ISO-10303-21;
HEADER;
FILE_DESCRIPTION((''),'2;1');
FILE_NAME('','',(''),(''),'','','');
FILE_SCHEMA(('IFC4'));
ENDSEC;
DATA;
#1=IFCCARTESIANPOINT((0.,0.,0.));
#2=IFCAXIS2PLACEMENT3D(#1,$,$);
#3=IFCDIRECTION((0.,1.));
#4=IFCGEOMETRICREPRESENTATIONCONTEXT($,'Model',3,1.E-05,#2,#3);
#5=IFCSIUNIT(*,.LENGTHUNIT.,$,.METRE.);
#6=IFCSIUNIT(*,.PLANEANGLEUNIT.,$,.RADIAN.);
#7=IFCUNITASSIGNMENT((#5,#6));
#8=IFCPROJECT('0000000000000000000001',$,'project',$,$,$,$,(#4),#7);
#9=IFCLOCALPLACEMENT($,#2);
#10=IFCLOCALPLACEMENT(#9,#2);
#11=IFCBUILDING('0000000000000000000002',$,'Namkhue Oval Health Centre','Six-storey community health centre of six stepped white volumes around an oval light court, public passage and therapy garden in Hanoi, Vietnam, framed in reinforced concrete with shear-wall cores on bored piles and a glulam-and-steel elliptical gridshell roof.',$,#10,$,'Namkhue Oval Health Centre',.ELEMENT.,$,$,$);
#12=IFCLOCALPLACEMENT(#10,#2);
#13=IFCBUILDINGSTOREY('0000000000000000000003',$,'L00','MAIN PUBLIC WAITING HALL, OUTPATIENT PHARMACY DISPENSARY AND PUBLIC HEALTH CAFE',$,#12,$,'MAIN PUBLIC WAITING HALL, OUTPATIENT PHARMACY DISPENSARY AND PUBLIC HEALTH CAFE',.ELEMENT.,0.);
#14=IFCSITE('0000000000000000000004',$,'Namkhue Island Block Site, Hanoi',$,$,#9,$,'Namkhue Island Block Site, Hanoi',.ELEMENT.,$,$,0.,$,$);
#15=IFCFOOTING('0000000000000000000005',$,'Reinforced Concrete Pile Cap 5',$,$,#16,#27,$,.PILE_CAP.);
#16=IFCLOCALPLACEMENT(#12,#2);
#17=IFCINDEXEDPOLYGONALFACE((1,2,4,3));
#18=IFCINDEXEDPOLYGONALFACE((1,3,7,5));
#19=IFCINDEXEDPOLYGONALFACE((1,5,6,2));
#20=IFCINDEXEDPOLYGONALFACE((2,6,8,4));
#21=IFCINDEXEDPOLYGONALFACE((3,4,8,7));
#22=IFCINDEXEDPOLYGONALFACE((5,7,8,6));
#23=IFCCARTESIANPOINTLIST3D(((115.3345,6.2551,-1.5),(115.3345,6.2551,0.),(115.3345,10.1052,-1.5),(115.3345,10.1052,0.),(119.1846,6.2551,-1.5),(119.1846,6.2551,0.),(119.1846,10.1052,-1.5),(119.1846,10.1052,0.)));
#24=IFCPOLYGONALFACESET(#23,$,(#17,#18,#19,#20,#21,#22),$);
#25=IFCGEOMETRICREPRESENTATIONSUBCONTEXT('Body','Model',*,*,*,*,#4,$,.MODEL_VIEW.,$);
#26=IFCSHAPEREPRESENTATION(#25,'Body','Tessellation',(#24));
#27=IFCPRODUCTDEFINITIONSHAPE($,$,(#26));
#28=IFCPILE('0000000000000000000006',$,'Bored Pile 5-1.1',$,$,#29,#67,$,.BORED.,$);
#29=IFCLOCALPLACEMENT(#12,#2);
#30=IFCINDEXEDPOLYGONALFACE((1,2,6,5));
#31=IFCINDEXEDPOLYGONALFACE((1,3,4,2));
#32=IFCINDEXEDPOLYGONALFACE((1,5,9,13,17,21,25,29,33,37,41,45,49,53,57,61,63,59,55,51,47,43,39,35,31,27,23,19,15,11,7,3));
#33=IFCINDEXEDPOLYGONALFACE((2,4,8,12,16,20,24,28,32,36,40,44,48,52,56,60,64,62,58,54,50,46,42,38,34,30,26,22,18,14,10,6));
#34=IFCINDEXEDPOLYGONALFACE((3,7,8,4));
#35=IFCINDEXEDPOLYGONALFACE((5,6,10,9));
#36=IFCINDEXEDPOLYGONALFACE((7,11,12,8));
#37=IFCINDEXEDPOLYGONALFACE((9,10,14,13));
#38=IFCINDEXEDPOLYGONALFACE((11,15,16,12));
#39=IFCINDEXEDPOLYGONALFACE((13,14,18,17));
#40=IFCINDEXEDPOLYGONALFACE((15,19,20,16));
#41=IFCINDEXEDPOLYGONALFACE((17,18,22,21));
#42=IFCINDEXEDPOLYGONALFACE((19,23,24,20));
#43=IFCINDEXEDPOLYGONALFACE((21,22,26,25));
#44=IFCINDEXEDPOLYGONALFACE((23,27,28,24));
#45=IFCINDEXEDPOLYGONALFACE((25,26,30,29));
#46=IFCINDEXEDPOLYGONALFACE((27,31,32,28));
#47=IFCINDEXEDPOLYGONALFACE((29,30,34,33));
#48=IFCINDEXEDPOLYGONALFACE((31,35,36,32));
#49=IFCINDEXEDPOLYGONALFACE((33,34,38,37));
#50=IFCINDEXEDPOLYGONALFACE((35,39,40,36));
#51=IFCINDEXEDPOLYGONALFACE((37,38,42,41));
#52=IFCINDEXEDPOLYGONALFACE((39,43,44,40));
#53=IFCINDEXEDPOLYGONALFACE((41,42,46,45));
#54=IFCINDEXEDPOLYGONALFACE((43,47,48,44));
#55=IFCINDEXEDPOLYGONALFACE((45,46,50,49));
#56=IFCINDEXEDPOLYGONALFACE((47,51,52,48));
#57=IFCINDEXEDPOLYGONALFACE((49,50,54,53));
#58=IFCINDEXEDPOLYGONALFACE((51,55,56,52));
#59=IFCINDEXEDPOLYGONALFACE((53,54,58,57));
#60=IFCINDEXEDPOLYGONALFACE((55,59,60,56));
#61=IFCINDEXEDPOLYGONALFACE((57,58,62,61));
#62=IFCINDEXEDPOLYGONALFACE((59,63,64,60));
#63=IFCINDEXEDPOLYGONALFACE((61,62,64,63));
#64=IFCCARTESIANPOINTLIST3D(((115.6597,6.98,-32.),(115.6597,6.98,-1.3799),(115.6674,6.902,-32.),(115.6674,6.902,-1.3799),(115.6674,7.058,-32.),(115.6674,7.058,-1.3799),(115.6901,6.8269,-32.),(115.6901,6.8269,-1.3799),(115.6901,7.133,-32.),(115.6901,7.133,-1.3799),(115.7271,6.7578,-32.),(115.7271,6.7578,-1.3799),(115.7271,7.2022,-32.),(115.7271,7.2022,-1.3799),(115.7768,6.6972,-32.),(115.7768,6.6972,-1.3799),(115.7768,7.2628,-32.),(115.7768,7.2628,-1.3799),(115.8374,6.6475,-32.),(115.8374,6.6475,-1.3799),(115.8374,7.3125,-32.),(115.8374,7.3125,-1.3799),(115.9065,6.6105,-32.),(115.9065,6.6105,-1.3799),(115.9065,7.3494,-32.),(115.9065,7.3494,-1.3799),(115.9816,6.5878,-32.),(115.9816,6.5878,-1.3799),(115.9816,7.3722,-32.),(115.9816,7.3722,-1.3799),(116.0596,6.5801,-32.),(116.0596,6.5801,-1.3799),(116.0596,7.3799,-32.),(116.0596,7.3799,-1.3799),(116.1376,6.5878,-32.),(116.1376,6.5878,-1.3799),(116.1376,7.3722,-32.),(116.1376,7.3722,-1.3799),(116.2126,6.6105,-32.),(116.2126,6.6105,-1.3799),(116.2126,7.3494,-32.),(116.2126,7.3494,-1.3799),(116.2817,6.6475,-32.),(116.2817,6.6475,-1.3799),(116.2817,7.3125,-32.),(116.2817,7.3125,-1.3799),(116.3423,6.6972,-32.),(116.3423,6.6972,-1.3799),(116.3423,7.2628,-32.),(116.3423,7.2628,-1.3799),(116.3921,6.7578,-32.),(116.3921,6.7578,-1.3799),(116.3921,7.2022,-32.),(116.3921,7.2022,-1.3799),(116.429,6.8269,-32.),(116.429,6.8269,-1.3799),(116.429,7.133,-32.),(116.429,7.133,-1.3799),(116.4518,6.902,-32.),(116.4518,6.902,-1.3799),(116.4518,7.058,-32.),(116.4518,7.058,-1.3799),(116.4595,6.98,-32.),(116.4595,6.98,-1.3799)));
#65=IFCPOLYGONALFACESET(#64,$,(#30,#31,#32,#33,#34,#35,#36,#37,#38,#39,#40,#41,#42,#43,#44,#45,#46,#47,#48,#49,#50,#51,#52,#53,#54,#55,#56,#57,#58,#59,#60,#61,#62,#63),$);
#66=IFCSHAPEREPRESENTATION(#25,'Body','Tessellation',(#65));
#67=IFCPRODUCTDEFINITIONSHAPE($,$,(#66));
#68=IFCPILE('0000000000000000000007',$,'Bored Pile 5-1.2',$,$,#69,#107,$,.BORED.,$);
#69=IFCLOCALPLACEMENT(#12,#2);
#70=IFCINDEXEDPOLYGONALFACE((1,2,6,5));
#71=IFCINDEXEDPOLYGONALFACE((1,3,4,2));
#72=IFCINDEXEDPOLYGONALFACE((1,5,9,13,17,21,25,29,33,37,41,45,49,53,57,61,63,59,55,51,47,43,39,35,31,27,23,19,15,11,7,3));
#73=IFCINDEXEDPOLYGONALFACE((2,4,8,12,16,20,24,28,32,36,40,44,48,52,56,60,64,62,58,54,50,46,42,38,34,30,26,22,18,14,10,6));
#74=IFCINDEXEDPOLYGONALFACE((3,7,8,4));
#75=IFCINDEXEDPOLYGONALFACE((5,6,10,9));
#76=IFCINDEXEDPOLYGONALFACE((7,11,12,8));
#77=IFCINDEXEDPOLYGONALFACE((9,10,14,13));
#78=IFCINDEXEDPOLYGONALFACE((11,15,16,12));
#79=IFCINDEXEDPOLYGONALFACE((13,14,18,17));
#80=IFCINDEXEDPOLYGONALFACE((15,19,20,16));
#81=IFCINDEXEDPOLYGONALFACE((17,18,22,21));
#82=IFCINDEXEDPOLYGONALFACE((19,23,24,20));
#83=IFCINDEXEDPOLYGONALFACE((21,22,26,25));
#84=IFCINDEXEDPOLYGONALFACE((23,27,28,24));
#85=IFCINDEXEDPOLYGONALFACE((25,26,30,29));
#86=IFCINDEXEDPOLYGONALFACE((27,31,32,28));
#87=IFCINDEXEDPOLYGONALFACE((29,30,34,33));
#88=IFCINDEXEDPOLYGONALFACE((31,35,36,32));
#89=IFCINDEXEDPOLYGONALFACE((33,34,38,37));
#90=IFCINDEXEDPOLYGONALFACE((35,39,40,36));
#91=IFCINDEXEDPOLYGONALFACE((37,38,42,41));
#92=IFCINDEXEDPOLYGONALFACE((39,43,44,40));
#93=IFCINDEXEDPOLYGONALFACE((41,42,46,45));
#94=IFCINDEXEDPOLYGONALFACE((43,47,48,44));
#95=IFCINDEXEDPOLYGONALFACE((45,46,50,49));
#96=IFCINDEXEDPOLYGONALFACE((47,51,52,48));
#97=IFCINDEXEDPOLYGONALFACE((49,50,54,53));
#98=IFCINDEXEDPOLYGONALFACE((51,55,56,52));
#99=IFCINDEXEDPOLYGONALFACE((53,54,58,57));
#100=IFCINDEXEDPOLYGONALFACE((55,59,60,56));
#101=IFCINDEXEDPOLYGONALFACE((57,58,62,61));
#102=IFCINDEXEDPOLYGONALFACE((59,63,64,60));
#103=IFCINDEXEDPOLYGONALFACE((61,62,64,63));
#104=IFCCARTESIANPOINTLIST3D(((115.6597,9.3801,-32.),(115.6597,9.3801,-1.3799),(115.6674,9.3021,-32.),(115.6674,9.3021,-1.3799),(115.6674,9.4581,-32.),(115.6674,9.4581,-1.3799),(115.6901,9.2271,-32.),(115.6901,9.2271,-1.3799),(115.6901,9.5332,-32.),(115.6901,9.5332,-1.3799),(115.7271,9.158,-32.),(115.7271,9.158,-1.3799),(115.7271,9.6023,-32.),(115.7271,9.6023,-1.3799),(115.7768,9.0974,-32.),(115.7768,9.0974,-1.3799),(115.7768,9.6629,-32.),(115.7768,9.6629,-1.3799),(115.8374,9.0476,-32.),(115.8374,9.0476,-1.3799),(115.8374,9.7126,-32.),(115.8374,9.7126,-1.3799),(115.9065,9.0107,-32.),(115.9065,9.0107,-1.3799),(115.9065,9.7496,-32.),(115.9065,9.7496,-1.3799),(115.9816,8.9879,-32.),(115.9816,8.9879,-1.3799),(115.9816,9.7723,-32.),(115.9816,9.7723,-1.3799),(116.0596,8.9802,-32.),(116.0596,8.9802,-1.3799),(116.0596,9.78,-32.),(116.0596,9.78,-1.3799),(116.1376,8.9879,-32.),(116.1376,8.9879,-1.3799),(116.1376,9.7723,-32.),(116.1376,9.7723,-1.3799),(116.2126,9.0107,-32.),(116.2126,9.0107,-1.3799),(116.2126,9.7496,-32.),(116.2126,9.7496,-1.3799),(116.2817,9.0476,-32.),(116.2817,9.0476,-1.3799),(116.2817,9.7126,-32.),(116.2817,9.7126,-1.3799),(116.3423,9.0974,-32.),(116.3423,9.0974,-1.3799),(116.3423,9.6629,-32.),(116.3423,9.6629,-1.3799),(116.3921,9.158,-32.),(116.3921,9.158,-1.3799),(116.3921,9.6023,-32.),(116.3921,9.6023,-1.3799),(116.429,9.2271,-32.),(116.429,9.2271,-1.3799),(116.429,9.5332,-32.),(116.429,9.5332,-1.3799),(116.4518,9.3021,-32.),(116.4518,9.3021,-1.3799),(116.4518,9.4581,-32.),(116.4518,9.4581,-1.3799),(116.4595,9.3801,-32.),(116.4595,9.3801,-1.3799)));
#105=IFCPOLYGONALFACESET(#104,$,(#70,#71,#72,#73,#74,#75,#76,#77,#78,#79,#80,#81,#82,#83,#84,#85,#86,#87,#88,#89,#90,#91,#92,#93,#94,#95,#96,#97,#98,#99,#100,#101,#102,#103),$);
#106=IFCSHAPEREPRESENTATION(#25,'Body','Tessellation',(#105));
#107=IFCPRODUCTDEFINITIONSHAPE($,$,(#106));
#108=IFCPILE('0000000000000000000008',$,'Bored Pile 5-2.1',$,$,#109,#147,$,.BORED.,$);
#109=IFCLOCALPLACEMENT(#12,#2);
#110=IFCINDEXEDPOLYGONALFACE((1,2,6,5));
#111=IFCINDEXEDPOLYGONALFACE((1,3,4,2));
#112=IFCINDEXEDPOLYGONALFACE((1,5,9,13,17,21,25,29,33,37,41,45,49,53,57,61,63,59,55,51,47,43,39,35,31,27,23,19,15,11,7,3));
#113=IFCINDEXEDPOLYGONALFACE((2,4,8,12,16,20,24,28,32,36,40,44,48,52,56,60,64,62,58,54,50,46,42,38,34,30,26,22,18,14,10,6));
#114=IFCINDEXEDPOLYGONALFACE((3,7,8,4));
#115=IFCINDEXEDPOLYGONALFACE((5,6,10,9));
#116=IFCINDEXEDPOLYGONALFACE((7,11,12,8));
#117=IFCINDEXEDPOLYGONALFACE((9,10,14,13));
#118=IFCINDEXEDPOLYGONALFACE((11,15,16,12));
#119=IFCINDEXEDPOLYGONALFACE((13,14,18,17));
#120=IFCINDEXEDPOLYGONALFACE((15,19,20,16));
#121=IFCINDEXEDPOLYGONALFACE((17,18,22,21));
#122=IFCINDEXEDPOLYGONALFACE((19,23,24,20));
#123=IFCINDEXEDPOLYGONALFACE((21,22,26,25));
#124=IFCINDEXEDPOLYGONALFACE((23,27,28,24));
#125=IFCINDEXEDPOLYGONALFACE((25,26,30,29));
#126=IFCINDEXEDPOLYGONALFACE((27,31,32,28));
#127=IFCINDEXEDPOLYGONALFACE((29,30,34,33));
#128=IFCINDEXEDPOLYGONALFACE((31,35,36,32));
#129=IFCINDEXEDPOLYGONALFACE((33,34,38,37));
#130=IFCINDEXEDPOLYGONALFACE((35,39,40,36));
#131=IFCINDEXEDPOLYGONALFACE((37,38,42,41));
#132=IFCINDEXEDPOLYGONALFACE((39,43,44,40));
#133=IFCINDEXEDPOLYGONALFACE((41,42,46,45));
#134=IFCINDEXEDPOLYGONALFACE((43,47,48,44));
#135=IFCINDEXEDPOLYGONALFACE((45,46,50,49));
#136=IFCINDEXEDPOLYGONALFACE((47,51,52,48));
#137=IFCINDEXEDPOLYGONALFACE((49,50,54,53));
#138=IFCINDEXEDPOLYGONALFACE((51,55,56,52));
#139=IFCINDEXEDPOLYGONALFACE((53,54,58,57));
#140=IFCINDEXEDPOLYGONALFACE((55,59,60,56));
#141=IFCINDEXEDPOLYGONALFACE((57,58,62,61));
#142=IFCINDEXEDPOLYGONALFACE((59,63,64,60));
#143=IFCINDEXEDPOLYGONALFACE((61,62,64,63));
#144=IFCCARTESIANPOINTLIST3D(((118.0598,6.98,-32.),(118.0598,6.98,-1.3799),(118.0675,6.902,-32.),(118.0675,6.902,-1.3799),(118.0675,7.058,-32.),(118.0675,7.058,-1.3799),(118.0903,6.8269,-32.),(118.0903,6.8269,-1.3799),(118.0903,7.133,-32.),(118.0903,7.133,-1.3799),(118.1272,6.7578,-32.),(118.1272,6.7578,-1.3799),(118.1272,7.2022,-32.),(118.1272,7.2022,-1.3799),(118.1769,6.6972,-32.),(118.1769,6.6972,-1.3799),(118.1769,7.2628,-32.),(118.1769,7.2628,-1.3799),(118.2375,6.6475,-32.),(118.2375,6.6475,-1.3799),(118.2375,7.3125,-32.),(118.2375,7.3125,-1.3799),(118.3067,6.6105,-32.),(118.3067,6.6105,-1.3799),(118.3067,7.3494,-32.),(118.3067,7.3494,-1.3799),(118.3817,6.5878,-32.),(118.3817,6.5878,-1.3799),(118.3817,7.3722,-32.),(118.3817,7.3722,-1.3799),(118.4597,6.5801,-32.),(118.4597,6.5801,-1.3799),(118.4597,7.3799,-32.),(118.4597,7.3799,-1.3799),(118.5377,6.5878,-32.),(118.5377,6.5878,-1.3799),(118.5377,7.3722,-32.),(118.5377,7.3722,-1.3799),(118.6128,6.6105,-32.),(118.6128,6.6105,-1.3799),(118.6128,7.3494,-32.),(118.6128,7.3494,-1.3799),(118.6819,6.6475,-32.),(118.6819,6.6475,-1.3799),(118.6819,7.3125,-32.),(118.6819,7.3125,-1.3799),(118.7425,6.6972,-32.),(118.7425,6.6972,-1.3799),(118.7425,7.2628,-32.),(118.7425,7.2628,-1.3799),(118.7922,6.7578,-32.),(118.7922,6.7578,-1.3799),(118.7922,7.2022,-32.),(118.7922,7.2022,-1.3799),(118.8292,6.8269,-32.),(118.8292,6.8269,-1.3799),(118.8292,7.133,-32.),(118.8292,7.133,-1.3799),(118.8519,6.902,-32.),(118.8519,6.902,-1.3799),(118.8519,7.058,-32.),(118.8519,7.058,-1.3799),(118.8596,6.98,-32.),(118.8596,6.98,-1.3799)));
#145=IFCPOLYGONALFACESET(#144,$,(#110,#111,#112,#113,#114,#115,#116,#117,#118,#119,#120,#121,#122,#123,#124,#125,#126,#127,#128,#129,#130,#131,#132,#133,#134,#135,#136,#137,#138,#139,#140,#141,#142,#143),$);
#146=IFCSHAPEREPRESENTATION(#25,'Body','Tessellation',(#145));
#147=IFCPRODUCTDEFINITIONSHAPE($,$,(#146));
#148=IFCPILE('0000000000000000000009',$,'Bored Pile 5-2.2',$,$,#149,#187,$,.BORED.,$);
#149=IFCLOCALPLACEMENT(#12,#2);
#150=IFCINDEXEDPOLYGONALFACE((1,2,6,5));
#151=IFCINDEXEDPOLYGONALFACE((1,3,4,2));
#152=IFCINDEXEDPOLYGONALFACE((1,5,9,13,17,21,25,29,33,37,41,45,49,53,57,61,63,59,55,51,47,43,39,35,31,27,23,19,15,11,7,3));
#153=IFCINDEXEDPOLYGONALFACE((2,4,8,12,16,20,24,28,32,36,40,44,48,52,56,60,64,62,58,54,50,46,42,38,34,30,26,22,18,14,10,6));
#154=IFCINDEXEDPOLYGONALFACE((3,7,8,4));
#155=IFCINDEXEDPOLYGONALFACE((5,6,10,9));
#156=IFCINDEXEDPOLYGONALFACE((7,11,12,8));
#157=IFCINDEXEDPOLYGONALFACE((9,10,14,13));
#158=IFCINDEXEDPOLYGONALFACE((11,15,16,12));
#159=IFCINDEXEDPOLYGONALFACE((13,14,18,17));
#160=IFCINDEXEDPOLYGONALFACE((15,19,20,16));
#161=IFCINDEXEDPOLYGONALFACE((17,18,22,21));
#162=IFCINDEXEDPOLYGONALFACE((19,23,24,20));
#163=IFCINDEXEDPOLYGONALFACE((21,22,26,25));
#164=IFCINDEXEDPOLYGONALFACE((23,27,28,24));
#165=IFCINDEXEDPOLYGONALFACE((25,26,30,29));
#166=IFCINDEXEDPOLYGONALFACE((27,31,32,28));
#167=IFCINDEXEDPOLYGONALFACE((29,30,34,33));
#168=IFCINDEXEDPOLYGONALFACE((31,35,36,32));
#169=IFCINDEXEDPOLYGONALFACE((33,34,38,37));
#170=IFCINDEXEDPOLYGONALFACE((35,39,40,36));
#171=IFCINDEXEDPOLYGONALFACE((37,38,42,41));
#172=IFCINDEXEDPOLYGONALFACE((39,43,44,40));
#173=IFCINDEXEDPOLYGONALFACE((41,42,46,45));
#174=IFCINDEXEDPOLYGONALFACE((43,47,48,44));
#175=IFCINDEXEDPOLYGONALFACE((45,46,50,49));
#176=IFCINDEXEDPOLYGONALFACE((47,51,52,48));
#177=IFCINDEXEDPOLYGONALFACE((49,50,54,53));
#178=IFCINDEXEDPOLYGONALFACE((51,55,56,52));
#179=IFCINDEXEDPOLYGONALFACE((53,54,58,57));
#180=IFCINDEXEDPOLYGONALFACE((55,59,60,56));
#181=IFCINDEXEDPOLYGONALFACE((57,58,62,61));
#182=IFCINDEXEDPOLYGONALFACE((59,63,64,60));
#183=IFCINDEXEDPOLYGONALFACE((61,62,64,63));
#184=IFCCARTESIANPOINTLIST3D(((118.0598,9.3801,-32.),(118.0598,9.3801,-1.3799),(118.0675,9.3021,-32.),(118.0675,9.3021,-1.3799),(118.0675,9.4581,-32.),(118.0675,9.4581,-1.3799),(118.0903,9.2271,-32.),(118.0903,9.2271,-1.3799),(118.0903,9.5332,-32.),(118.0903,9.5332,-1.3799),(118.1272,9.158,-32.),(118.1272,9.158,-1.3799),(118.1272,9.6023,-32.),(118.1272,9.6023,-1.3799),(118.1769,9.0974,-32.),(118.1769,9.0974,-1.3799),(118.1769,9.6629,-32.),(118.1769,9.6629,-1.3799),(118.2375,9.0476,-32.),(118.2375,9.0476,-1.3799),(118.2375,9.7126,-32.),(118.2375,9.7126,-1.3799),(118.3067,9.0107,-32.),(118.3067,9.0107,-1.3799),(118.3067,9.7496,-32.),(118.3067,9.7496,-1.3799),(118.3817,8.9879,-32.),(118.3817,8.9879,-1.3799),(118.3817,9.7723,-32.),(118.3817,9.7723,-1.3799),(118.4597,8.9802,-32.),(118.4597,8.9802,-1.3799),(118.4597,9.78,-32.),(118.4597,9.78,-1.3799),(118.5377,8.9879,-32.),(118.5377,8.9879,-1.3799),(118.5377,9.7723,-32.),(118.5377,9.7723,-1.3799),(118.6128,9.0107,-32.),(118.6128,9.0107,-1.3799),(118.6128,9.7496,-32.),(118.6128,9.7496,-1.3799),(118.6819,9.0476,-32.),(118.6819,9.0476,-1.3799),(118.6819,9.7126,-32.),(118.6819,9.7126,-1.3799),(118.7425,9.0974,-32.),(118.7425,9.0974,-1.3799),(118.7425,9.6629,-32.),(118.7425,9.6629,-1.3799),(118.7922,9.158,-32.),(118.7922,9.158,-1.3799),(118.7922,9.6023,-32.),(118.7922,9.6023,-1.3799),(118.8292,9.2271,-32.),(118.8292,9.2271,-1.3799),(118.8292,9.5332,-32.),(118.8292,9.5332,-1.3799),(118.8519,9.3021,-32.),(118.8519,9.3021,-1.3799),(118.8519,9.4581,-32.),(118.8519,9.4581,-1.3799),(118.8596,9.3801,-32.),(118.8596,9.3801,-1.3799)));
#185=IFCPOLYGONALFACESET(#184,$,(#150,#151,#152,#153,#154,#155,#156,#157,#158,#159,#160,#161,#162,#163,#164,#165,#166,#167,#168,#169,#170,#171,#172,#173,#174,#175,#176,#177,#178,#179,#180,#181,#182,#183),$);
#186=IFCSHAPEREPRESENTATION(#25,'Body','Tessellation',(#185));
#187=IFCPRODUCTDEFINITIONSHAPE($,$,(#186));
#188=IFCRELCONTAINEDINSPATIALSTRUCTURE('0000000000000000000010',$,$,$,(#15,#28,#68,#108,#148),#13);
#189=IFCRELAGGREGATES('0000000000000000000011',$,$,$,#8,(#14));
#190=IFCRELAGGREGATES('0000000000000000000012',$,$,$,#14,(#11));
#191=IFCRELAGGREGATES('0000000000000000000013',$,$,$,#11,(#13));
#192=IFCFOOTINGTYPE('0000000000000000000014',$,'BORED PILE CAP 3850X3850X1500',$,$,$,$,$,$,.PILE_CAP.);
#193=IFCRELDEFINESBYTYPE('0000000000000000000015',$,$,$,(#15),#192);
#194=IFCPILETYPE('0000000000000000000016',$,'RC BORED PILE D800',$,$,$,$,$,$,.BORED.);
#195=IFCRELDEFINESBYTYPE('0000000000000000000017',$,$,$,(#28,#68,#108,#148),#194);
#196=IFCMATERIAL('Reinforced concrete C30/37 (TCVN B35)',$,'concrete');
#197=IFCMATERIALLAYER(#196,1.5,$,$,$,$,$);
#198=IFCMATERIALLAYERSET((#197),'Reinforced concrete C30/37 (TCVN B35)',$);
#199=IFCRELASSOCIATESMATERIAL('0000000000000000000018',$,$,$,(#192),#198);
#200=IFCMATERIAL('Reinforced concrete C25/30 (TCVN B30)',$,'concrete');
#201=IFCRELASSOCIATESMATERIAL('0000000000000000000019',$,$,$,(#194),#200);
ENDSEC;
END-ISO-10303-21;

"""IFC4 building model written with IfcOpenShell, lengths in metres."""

from ifc_helpers import new_model, si_unit, direction, frame, origin, origin_2d, place, context, subcontext, project, spatial, rectangle, circle, extrude, material, layer, layer_set, material_profile, profile_set, type_object, element, save


model = new_model("IFC4")

# Units and contexts
model_context = context("Model", 3, precision=1e-05, world=origin(), true_north=direction((0.0, 1.0)))
body_context = subcontext(model_context, "Body", "Model", "MODEL_VIEW")
ifc_project = project(units=[si_unit("LENGTHUNIT", "METRE"), si_unit("PLANEANGLEUNIT", "RADIAN")], contexts=[model_context])

# Site, building, storey
site_placement = place(None, origin())
site = spatial("IfcSite", under=ifc_project, at=site_placement, Name="Namkhue Island Block Site, Hanoi", LongName="Namkhue Island Block Site, Hanoi", CompositionType="ELEMENT", RefElevation=0.0)
building_placement = place(site_placement, origin())
building = spatial("IfcBuilding", under=site, at=building_placement, Name="Namkhue Oval Health Centre", Description="Six-storey community health centre of six stepped white volumes around an oval light court, public passage and therapy garden in Hanoi, Vietnam, framed in reinforced concrete with shear-wall cores on bored piles and a glulam-and-steel elliptical gridshell roof.", LongName="Namkhue Oval Health Centre", CompositionType="ELEMENT")
storey_placement = place(building_placement, origin())
storey = spatial("IfcBuildingStorey", under=building, at=storey_placement, Name="L00", Description="MAIN PUBLIC WAITING HALL, OUTPATIENT PHARMACY DISPENSARY AND PUBLIC HEALTH CAFE", LongName="MAIN PUBLIC WAITING HALL, OUTPATIENT PHARMACY DISPENSARY AND PUBLIC HEALTH CAFE", CompositionType="ELEMENT", Elevation=0.0)

# Footing
ifc_material_1 = material(Name="Reinforced concrete C30/37 (TCVN B35)", Category="concrete")
ifc_layer_1 = layer(ifc_material_1, 1.5)
ifc_layer_set_1 = layer_set([ifc_layer_1], Name="Reinforced concrete C30/37 (TCVN B35)")
footing_type = type_object("IfcFootingType", Name="BORED PILE CAP 3850X3850X1500", PredefinedType="PILE_CAP", material=ifc_layer_set_1)
footing_placement = place(storey_placement, frame((117.2595, 8.1802, -1.5), z_axis=(0.0, 0.0, 1.0), x_axis=(1.0, 0.0, 0.0)))
element("IfcFooting", 1, at=footing_placement, inside=storey, type_object=footing_type, Name="Reinforced Concrete Pile Cap 5", PredefinedType="PILE_CAP", context=body_context, shape_type="SweptSolid", body=[
    extrude(rectangle(XDim=3.8501, YDim=3.8501, at=origin_2d()), origin(), (0.0, 0.0, 1.0), 1.5),
])

# Piles
ifc_material_2 = material(Name="Reinforced concrete C25/30 (TCVN B30)", Category="concrete")
ifc_material_profile_1 = material_profile(ifc_material_2, circle(Radius=0.3999, at=origin_2d()), Name="BORED PILE D800")
ifc_profile_set_1 = profile_set([ifc_material_profile_1], Name="Reinforced concrete C25/30 (TCVN B30)")
pile_type = type_object("IfcPileType", Name="RC BORED PILE D800", PredefinedType="BORED", material=ifc_profile_set_1)
for number, where, z_axis, x_axis, name in (
    (2, (116.0596, 6.98, -1.3799), (0.0, 0.0, -1.0), (1.0, 0.0, 0.0), "Bored Pile 5-1.1"),
    (3, (116.0596, 9.3801, -1.3799), (0.0, 0.0, -1.0), (1.0, 0.0, 0.0), "Bored Pile 5-1.2"),
    (4, (118.4597, 6.98, -1.3799), (0.0, 0.0, -1.0), (1.0, 0.0, 0.0), "Bored Pile 5-2.1"),
    (5, (118.4597, 9.3801, -1.3799), (0.0, 0.0, -1.0), (1.0, 0.0, 0.0), "Bored Pile 5-2.2"),
):
    element("IfcPile", number, at=place(storey_placement, frame(where, z_axis=z_axis, x_axis=x_axis)), inside=storey, type_object=pile_type, Name=name, PredefinedType="BORED", context=body_context, shape_type="SweptSolid", body=[
        extrude(circle(Radius=0.3999, at=origin_2d()), origin(), (0.0, 0.0, 1.0), 30.6201),
    ])

save(model, "model.ifc")
